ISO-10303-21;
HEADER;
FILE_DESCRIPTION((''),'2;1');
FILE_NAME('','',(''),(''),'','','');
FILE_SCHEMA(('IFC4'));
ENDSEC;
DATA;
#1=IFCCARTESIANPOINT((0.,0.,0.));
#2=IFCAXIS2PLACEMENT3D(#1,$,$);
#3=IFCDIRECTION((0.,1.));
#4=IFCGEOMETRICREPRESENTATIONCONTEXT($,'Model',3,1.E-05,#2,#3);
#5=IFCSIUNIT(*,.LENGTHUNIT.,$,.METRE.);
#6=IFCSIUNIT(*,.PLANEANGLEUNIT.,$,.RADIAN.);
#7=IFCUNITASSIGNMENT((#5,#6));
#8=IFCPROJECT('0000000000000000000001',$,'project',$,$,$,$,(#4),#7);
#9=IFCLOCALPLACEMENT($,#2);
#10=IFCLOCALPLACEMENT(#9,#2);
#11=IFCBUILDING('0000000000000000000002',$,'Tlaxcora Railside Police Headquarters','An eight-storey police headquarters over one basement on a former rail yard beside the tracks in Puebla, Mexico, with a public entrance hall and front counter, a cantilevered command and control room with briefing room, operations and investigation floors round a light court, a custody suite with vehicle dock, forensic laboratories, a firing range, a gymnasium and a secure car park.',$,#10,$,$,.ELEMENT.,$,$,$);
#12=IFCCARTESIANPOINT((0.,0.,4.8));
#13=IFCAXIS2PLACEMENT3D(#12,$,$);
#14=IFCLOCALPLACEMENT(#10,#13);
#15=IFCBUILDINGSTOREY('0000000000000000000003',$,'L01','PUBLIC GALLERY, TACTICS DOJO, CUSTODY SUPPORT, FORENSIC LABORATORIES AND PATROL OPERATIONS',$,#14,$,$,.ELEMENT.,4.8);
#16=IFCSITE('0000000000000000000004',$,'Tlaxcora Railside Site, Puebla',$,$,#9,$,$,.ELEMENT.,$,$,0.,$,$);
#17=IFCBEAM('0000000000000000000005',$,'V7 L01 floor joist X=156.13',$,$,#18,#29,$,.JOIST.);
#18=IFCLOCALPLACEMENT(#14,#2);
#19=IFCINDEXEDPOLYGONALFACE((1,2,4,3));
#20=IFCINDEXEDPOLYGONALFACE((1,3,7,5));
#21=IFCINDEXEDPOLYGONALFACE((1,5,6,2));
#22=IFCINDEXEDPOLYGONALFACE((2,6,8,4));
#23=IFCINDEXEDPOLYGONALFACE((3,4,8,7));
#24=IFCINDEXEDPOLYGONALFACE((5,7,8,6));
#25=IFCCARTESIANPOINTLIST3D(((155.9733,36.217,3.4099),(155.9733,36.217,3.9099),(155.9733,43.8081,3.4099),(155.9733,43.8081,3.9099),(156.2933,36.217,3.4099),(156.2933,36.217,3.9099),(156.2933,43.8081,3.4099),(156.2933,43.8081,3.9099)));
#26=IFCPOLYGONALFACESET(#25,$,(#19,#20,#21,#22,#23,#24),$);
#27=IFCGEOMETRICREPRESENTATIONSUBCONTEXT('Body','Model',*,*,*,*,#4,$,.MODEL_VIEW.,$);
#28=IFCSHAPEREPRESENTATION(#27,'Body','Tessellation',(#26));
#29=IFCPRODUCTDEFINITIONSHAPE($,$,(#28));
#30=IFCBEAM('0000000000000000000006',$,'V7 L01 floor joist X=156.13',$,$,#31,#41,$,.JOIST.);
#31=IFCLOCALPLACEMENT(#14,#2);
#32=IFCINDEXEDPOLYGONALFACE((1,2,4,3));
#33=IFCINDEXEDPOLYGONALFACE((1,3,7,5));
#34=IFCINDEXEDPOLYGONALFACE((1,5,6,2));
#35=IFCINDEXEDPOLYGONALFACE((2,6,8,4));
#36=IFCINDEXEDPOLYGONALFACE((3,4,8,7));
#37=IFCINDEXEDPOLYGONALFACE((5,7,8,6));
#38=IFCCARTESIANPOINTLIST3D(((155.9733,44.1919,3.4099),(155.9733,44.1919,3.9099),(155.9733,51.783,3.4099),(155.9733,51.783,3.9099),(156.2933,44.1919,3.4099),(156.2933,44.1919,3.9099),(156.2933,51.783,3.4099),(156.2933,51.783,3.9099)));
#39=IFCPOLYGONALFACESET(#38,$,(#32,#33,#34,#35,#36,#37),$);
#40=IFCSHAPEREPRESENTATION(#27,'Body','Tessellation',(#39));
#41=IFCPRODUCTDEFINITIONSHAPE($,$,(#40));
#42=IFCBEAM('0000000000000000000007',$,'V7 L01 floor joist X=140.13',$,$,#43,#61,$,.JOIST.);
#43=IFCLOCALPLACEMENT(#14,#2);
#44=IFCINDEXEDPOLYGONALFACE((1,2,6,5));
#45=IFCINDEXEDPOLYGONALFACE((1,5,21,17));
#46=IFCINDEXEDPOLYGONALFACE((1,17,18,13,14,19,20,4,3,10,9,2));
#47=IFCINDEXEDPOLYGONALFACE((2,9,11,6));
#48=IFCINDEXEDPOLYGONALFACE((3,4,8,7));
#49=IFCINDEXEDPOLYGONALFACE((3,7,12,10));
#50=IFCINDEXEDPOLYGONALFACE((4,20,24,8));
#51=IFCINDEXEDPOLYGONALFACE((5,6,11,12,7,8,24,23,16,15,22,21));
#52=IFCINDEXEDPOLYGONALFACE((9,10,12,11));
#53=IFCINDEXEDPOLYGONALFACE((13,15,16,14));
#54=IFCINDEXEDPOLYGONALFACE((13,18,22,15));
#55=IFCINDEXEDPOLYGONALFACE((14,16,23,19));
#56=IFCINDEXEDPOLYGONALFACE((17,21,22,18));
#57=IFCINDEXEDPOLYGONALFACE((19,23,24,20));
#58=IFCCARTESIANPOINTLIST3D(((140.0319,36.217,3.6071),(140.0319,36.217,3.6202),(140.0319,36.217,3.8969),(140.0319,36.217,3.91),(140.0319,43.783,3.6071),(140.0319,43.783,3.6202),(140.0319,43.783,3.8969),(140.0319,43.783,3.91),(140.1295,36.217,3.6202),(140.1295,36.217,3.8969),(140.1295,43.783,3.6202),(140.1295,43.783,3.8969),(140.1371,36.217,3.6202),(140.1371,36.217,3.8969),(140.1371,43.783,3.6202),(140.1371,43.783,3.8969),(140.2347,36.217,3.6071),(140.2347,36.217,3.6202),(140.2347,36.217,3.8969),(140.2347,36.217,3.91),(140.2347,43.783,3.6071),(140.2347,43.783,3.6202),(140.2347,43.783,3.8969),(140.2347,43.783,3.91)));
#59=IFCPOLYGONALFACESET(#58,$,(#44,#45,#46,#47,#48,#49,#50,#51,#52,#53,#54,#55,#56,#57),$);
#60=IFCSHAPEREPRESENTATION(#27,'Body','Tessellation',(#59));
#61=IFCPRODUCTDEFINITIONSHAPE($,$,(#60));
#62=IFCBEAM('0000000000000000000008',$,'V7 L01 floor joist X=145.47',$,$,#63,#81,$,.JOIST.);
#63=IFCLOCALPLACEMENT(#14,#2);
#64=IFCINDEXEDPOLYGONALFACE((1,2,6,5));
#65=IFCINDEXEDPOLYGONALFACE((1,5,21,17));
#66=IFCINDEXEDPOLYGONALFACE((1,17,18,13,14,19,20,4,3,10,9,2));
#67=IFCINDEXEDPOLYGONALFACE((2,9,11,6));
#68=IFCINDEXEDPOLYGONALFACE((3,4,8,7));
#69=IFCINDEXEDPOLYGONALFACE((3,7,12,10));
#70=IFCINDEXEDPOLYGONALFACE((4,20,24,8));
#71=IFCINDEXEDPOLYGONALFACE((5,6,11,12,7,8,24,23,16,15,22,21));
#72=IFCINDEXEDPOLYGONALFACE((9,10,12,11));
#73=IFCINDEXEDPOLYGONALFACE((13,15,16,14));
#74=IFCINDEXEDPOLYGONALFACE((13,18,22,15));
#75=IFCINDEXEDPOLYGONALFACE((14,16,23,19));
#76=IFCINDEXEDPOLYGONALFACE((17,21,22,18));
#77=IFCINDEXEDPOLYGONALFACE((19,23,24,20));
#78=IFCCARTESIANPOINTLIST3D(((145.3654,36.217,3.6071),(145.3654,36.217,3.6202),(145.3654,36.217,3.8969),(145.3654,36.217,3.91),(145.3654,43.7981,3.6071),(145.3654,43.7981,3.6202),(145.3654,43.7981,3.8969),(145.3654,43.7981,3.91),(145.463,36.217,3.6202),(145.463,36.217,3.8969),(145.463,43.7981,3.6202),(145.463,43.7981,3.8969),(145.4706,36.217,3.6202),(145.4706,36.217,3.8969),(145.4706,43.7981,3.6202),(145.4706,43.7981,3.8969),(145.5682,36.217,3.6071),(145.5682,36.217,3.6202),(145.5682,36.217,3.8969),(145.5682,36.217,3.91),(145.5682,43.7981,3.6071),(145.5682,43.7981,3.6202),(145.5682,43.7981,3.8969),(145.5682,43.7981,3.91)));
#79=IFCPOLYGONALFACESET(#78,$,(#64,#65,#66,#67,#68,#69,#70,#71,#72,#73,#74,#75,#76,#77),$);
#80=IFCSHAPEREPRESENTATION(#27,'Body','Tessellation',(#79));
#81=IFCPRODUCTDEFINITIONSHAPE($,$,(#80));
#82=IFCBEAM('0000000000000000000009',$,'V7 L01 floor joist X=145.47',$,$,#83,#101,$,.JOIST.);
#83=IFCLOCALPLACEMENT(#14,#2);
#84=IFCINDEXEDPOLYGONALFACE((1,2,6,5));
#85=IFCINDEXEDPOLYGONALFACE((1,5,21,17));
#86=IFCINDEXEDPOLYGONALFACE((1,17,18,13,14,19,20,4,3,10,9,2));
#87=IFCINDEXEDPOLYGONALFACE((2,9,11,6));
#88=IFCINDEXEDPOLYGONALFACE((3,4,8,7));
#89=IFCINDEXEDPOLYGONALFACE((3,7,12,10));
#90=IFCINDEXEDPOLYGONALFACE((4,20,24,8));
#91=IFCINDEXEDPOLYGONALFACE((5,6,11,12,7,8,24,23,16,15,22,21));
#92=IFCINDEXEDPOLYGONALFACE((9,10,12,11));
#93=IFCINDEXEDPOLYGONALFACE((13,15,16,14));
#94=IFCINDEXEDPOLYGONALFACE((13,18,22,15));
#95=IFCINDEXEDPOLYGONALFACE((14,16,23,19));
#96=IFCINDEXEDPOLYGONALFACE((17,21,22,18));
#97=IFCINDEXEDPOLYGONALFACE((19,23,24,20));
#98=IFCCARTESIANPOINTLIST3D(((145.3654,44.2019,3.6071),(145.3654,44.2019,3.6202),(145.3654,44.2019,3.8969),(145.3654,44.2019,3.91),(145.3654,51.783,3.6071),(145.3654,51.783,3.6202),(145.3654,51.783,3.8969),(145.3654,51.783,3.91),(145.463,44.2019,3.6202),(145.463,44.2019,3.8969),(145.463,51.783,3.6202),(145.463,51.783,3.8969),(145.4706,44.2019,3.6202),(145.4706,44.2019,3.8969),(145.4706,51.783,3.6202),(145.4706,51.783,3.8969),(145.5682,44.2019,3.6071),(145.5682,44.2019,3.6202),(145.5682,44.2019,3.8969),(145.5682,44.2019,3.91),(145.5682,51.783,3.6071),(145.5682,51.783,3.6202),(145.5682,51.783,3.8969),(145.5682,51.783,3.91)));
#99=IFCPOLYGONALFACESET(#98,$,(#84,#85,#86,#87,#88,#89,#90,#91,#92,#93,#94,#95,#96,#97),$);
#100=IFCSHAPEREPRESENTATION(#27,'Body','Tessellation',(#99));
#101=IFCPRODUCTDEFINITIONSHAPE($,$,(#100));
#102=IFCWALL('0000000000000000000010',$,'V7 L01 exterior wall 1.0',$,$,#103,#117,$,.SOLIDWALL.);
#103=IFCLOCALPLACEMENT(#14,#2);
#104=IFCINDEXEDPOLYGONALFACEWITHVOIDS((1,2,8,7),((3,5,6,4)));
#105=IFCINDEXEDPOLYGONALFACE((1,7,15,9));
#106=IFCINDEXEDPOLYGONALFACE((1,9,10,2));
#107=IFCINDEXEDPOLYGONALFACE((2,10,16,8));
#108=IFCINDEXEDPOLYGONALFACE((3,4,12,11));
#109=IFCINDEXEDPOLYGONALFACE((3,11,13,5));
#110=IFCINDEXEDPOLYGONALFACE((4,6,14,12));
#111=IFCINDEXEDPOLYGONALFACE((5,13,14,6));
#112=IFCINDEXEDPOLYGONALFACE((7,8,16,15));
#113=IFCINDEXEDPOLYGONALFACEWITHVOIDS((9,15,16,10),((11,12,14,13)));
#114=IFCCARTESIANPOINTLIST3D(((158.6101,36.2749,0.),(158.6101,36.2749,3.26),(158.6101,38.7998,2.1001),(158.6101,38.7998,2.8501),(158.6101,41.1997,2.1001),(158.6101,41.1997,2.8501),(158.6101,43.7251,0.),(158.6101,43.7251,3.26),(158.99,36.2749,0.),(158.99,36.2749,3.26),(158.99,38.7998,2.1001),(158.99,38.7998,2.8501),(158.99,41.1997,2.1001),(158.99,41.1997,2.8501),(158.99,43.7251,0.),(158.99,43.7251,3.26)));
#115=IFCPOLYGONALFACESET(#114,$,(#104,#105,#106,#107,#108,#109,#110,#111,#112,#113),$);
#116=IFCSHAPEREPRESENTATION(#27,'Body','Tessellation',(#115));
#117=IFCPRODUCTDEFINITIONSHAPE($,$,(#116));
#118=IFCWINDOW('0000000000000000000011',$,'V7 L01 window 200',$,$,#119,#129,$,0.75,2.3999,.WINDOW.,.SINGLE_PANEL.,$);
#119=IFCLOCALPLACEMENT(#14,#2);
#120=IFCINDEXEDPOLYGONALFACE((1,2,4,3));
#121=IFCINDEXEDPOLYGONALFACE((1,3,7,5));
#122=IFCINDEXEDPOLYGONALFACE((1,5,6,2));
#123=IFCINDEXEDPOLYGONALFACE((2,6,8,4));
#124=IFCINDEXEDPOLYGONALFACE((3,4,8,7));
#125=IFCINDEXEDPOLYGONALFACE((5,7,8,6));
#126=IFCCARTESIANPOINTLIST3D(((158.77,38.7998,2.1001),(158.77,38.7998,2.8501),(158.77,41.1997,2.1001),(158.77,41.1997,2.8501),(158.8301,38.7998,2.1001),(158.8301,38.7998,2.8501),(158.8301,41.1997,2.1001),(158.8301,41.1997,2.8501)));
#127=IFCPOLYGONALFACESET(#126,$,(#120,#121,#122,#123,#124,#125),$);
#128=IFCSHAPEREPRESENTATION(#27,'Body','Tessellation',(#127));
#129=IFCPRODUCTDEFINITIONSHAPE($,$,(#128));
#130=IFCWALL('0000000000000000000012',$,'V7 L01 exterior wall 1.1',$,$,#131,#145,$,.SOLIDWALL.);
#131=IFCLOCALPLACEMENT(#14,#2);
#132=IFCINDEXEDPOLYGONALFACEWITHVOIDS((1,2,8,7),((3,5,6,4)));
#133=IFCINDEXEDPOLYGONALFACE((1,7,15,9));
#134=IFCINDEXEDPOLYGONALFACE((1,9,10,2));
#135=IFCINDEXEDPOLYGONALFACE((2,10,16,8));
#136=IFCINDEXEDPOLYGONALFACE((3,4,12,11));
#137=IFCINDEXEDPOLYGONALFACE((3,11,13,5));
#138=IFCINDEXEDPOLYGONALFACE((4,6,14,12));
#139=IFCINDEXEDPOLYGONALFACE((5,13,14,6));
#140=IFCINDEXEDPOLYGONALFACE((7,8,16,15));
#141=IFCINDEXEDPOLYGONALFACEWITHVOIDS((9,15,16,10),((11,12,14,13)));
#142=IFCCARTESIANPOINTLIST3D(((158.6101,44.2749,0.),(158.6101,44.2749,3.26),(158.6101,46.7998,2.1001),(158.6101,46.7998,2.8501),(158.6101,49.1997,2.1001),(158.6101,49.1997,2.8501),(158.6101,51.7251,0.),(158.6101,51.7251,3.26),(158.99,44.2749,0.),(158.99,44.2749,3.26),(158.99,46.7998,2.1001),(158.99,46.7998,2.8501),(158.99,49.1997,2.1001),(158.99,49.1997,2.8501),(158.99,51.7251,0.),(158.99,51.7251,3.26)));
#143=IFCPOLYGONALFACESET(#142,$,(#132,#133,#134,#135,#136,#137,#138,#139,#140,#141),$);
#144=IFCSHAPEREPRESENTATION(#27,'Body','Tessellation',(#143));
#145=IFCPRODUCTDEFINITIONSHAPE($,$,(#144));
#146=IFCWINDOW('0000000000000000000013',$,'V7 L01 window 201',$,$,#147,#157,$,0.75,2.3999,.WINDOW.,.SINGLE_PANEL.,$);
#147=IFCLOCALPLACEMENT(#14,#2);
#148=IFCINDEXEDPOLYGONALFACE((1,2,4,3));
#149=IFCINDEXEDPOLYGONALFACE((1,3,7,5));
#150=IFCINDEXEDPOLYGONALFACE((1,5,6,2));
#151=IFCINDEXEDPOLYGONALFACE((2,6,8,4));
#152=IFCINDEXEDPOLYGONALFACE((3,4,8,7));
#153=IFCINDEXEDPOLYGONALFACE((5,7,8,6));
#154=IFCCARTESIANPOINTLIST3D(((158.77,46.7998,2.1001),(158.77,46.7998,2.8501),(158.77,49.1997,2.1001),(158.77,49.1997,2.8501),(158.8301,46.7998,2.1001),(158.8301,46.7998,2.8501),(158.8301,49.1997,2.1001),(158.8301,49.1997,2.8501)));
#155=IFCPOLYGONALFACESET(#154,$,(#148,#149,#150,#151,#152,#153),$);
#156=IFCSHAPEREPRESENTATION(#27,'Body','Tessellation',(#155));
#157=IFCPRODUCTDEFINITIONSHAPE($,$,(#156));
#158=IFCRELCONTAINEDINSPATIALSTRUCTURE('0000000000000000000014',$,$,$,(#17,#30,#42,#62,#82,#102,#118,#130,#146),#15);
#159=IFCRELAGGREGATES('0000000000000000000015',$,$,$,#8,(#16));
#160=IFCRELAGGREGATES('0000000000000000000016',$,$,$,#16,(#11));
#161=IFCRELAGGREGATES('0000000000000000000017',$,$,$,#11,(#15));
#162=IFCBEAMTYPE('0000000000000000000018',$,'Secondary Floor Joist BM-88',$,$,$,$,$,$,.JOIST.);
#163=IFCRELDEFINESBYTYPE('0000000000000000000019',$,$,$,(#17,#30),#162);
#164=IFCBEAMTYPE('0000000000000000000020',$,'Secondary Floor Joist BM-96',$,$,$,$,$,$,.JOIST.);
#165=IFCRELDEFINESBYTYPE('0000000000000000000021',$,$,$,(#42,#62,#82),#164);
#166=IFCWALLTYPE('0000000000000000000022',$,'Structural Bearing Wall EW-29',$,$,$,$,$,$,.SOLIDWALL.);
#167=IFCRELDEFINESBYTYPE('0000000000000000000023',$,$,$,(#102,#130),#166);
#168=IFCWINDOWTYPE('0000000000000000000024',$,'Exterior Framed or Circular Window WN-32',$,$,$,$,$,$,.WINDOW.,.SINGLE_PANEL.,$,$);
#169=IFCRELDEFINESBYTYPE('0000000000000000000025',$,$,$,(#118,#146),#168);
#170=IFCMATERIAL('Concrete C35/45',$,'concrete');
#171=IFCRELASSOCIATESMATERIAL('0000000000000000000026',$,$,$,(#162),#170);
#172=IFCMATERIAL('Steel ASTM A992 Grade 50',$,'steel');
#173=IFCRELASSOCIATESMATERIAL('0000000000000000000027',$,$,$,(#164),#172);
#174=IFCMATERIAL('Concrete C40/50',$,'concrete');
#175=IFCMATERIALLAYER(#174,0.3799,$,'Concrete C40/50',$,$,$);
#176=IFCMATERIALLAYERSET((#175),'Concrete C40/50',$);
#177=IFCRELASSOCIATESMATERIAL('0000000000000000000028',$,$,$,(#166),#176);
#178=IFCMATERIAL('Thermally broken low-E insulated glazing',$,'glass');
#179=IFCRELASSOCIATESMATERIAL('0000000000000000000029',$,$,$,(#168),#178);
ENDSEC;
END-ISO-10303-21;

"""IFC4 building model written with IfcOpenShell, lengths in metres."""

from ifc_helpers import new_model, si_unit, direction, frame, frame_2d, origin, origin_2d, place, context, subcontext, project, spatial, rectangle, i_section, extrude, material, layer, layer_set, material_profile, profile_set, type_object, element, fill, save


model = new_model("IFC4")

# Units and contexts
model_context = context("Model", 3, precision=1e-05, world=origin(), true_north=direction((0.0, 1.0)))
body_context = subcontext(model_context, "Body", "Model", "MODEL_VIEW")
ifc_project = project(units=[si_unit("LENGTHUNIT", "METRE"), si_unit("PLANEANGLEUNIT", "RADIAN")], contexts=[model_context])

# Site, building, storey
site_placement = place(None, origin())
site = spatial("IfcSite", under=ifc_project, at=site_placement, Name="Tlaxcora Railside Site, Puebla", CompositionType="ELEMENT", RefElevation=0.0)
building_placement = place(site_placement, origin())
building = spatial("IfcBuilding", under=site, at=building_placement, Name="Tlaxcora Railside Police Headquarters", Description="An eight-storey police headquarters over one basement on a former rail yard beside the tracks in Puebla, Mexico, with a public entrance hall and front counter, a cantilevered command and control room with briefing room, operations and investigation floors round a light court, a custody suite with vehicle dock, forensic laboratories, a firing range, a gymnasium and a secure car park.", CompositionType="ELEMENT")
storey_placement = place(building_placement, frame((0.0, 0.0, 4.8)))
storey = spatial("IfcBuildingStorey", under=building, at=storey_placement, Name="L01", Description="PUBLIC GALLERY, TACTICS DOJO, CUSTODY SUPPORT, FORENSIC LABORATORIES AND PATROL OPERATIONS", CompositionType="ELEMENT", Elevation=4.8)

# Shared definitions
ifc_material_1 = material(Name="Concrete C40/50", Category="concrete")

# Beams
ifc_material_2 = material(Name="Concrete C35/45", Category="concrete")
ifc_material_profile_1 = material_profile(ifc_material_2, rectangle(XDim=0.3201, YDim=0.5, at=origin_2d()), Name="RC320X500")
ifc_profile_set_1 = profile_set([ifc_material_profile_1], Name="Concrete C35/45")
beam_type_1 = type_object("IfcBeamType", Name="Secondary Floor Joist BM-88", PredefinedType="JOIST", material=ifc_profile_set_1)
for number, where, z_axis, x_axis, name in (
    (1, (156.1333, 36.217, 3.6599), (0.0, 1.0, 0.0), (-1.0, 0.0, 0.0), "V7 L01 floor joist X=156.13"),
    (2, (156.1333, 44.1919, 3.6599), (0.0, 1.0, 0.0), (-1.0, 0.0, 0.0), "V7 L01 floor joist X=156.13"),
):
    element("IfcBeam", number, at=place(storey_placement, frame(where, z_axis=z_axis, x_axis=x_axis)), inside=storey, type_object=beam_type_1, Name=name, PredefinedType="JOIST", context=body_context, shape_type="SweptSolid", body=[
        extrude(rectangle(XDim=0.3201, YDim=0.5, at=origin_2d()), origin(), (0.0, 0.0, 1.0), 7.5911),
    ])
ifc_material_3 = material(Name="Steel ASTM A992 Grade 50", Category="steel")
ifc_material_profile_2 = material_profile(ifc_material_3, i_section(OverallWidth=0.2029, OverallDepth=0.303, WebThickness=0.0076, FlangeThickness=0.0132, at=origin_2d()), Name="W12X40")
ifc_profile_set_2 = profile_set([ifc_material_profile_2], Name="Steel ASTM A992 Grade 50")
beam_type_2 = type_object("IfcBeamType", Name="Secondary Floor Joist BM-96", PredefinedType="JOIST", material=ifc_profile_set_2)
beam_1_placement = place(storey_placement, frame((140.1333, 36.217, 3.7585), z_axis=(0.0, 1.0, 0.0), x_axis=(-1.0, 0.0, 0.0)))
element("IfcBeam", 3, at=beam_1_placement, inside=storey, type_object=beam_type_2, Name="V7 L01 floor joist X=140.13", PredefinedType="JOIST", context=body_context, shape_type="SweptSolid", body=[
    extrude(i_section(OverallWidth=0.2029, OverallDepth=0.303, WebThickness=0.0076, FlangeThickness=0.0132, at=origin_2d()), origin(), (0.0, 0.0, 1.0), 7.5659),
])
for number, where, z_axis, x_axis, name in (
    (4, (145.4668, 36.217, 3.7585), (0.0, 1.0, 0.0), (-1.0, 0.0, 0.0), "V7 L01 floor joist X=145.47"),
    (5, (145.4668, 44.2019, 3.7585), (0.0, 1.0, 0.0), (-1.0, 0.0, 0.0), "V7 L01 floor joist X=145.47"),
):
    element("IfcBeam", number, at=place(storey_placement, frame(where, z_axis=z_axis, x_axis=x_axis)), inside=storey, type_object=beam_type_2, Name=name, PredefinedType="JOIST", context=body_context, shape_type="SweptSolid", body=[
        extrude(i_section(OverallWidth=0.2029, OverallDepth=0.303, WebThickness=0.0076, FlangeThickness=0.0132, at=origin_2d()), origin(), (0.0, 0.0, 1.0), 7.5811),
    ])

# Walls, openings, windows
ifc_layer = layer(ifc_material_1, 0.3799, Name="Concrete C40/50")
ifc_layer_set = layer_set([ifc_layer], Name="Concrete C40/50")
wall_type = type_object("IfcWallType", Name="Structural Bearing Wall EW-29", PredefinedType="SOLIDWALL", material=ifc_layer_set)
wall_1_placement = place(storey_placement, frame((158.8, 36.2749, 0.0), z_axis=(0.0, 0.0, 1.0), x_axis=(0.0, 1.0, 0.0)))
wall_1 = element("IfcWall", 6, at=wall_1_placement, inside=storey, type_object=wall_type, Name="V7 L01 exterior wall 1.0", PredefinedType="SOLIDWALL", context=body_context, shape_type="SweptSolid", body=[
    extrude(rectangle(XDim=7.4502, YDim=0.3799, at=frame_2d((3.7251, 0.0))), origin(), (0.0, 0.0, 1.0), 3.26),
])
opening_1_placement = place(wall_1_placement, frame((2.5249, 0.0, 2.1001)))
opening_1 = element("IfcOpeningElement", 7, at=opening_1_placement, cuts=wall_1, PredefinedType="OPENING", context=body_context, shape_type="SweptSolid", body=[
    extrude(rectangle(XDim=2.3999, YDim=0.75, at=frame_2d((1.2, 0.375))), frame((0.0, 0.2, 0.0), z_axis=(0.0, -1.0, 0.0), x_axis=(1.0, 0.0, 0.0)), (0.0, 0.0, 1.0), 0.3999),
])
ifc_material_4 = material(Name="Thermally broken low-E insulated glazing", Category="glass")
window_type = type_object("IfcWindowType", Name="Exterior Framed or Circular Window WN-32", PartitioningType="SINGLE_PANEL", PredefinedType="WINDOW", material=ifc_material_4)
window_1_placement = place(opening_1_placement, origin())
window_1 = element("IfcWindow", 8, at=window_1_placement, inside=storey, type_object=window_type, Name="V7 L01 window 200", OverallHeight=0.75, OverallWidth=2.3999, PartitioningType="SINGLE_PANEL", PredefinedType="WINDOW", context=body_context, shape_type="SweptSolid", body=[
    extrude(rectangle(XDim=2.3999, YDim=0.75, at=frame_2d((1.2, 0.375))), frame((0.0, 0.03, 0.0), z_axis=(0.0, -1.0, 0.0), x_axis=(1.0, 0.0, 0.0)), (0.0, 0.0, 1.0), 0.0601),
])
fill(opening_1, window_1)
wall_2_placement = place(storey_placement, frame((158.8, 44.2749, 0.0), z_axis=(0.0, 0.0, 1.0), x_axis=(0.0, 1.0, 0.0)))
wall_2 = element("IfcWall", 9, at=wall_2_placement, inside=storey, type_object=wall_type, Name="V7 L01 exterior wall 1.1", PredefinedType="SOLIDWALL", context=body_context, shape_type="SweptSolid", body=[
    extrude(rectangle(XDim=7.4502, YDim=0.3799, at=frame_2d((3.7251, 0.0))), origin(), (0.0, 0.0, 1.0), 3.26),
])
opening_2_placement = place(wall_2_placement, frame((2.5249, 0.0, 2.1001)))
opening_2 = element("IfcOpeningElement", 10, at=opening_2_placement, cuts=wall_2, PredefinedType="OPENING", context=body_context, shape_type="SweptSolid", body=[
    extrude(rectangle(XDim=2.3999, YDim=0.75, at=frame_2d((1.2, 0.375))), frame((0.0, 0.2, 0.0), z_axis=(0.0, -1.0, 0.0), x_axis=(1.0, 0.0, 0.0)), (0.0, 0.0, 1.0), 0.3999),
])
window_2_placement = place(opening_2_placement, origin())
window_2 = element("IfcWindow", 11, at=window_2_placement, inside=storey, type_object=window_type, Name="V7 L01 window 201", OverallHeight=0.75, OverallWidth=2.3999, PartitioningType="SINGLE_PANEL", PredefinedType="WINDOW", context=body_context, shape_type="SweptSolid", body=[
    extrude(rectangle(XDim=2.3999, YDim=0.75, at=frame_2d((1.2, 0.375))), frame((0.0, 0.03, 0.0), z_axis=(0.0, -1.0, 0.0), x_axis=(1.0, 0.0, 0.0)), (0.0, 0.0, 1.0), 0.0601),
])
fill(opening_2, window_2)

save(model, "model.ifc")
